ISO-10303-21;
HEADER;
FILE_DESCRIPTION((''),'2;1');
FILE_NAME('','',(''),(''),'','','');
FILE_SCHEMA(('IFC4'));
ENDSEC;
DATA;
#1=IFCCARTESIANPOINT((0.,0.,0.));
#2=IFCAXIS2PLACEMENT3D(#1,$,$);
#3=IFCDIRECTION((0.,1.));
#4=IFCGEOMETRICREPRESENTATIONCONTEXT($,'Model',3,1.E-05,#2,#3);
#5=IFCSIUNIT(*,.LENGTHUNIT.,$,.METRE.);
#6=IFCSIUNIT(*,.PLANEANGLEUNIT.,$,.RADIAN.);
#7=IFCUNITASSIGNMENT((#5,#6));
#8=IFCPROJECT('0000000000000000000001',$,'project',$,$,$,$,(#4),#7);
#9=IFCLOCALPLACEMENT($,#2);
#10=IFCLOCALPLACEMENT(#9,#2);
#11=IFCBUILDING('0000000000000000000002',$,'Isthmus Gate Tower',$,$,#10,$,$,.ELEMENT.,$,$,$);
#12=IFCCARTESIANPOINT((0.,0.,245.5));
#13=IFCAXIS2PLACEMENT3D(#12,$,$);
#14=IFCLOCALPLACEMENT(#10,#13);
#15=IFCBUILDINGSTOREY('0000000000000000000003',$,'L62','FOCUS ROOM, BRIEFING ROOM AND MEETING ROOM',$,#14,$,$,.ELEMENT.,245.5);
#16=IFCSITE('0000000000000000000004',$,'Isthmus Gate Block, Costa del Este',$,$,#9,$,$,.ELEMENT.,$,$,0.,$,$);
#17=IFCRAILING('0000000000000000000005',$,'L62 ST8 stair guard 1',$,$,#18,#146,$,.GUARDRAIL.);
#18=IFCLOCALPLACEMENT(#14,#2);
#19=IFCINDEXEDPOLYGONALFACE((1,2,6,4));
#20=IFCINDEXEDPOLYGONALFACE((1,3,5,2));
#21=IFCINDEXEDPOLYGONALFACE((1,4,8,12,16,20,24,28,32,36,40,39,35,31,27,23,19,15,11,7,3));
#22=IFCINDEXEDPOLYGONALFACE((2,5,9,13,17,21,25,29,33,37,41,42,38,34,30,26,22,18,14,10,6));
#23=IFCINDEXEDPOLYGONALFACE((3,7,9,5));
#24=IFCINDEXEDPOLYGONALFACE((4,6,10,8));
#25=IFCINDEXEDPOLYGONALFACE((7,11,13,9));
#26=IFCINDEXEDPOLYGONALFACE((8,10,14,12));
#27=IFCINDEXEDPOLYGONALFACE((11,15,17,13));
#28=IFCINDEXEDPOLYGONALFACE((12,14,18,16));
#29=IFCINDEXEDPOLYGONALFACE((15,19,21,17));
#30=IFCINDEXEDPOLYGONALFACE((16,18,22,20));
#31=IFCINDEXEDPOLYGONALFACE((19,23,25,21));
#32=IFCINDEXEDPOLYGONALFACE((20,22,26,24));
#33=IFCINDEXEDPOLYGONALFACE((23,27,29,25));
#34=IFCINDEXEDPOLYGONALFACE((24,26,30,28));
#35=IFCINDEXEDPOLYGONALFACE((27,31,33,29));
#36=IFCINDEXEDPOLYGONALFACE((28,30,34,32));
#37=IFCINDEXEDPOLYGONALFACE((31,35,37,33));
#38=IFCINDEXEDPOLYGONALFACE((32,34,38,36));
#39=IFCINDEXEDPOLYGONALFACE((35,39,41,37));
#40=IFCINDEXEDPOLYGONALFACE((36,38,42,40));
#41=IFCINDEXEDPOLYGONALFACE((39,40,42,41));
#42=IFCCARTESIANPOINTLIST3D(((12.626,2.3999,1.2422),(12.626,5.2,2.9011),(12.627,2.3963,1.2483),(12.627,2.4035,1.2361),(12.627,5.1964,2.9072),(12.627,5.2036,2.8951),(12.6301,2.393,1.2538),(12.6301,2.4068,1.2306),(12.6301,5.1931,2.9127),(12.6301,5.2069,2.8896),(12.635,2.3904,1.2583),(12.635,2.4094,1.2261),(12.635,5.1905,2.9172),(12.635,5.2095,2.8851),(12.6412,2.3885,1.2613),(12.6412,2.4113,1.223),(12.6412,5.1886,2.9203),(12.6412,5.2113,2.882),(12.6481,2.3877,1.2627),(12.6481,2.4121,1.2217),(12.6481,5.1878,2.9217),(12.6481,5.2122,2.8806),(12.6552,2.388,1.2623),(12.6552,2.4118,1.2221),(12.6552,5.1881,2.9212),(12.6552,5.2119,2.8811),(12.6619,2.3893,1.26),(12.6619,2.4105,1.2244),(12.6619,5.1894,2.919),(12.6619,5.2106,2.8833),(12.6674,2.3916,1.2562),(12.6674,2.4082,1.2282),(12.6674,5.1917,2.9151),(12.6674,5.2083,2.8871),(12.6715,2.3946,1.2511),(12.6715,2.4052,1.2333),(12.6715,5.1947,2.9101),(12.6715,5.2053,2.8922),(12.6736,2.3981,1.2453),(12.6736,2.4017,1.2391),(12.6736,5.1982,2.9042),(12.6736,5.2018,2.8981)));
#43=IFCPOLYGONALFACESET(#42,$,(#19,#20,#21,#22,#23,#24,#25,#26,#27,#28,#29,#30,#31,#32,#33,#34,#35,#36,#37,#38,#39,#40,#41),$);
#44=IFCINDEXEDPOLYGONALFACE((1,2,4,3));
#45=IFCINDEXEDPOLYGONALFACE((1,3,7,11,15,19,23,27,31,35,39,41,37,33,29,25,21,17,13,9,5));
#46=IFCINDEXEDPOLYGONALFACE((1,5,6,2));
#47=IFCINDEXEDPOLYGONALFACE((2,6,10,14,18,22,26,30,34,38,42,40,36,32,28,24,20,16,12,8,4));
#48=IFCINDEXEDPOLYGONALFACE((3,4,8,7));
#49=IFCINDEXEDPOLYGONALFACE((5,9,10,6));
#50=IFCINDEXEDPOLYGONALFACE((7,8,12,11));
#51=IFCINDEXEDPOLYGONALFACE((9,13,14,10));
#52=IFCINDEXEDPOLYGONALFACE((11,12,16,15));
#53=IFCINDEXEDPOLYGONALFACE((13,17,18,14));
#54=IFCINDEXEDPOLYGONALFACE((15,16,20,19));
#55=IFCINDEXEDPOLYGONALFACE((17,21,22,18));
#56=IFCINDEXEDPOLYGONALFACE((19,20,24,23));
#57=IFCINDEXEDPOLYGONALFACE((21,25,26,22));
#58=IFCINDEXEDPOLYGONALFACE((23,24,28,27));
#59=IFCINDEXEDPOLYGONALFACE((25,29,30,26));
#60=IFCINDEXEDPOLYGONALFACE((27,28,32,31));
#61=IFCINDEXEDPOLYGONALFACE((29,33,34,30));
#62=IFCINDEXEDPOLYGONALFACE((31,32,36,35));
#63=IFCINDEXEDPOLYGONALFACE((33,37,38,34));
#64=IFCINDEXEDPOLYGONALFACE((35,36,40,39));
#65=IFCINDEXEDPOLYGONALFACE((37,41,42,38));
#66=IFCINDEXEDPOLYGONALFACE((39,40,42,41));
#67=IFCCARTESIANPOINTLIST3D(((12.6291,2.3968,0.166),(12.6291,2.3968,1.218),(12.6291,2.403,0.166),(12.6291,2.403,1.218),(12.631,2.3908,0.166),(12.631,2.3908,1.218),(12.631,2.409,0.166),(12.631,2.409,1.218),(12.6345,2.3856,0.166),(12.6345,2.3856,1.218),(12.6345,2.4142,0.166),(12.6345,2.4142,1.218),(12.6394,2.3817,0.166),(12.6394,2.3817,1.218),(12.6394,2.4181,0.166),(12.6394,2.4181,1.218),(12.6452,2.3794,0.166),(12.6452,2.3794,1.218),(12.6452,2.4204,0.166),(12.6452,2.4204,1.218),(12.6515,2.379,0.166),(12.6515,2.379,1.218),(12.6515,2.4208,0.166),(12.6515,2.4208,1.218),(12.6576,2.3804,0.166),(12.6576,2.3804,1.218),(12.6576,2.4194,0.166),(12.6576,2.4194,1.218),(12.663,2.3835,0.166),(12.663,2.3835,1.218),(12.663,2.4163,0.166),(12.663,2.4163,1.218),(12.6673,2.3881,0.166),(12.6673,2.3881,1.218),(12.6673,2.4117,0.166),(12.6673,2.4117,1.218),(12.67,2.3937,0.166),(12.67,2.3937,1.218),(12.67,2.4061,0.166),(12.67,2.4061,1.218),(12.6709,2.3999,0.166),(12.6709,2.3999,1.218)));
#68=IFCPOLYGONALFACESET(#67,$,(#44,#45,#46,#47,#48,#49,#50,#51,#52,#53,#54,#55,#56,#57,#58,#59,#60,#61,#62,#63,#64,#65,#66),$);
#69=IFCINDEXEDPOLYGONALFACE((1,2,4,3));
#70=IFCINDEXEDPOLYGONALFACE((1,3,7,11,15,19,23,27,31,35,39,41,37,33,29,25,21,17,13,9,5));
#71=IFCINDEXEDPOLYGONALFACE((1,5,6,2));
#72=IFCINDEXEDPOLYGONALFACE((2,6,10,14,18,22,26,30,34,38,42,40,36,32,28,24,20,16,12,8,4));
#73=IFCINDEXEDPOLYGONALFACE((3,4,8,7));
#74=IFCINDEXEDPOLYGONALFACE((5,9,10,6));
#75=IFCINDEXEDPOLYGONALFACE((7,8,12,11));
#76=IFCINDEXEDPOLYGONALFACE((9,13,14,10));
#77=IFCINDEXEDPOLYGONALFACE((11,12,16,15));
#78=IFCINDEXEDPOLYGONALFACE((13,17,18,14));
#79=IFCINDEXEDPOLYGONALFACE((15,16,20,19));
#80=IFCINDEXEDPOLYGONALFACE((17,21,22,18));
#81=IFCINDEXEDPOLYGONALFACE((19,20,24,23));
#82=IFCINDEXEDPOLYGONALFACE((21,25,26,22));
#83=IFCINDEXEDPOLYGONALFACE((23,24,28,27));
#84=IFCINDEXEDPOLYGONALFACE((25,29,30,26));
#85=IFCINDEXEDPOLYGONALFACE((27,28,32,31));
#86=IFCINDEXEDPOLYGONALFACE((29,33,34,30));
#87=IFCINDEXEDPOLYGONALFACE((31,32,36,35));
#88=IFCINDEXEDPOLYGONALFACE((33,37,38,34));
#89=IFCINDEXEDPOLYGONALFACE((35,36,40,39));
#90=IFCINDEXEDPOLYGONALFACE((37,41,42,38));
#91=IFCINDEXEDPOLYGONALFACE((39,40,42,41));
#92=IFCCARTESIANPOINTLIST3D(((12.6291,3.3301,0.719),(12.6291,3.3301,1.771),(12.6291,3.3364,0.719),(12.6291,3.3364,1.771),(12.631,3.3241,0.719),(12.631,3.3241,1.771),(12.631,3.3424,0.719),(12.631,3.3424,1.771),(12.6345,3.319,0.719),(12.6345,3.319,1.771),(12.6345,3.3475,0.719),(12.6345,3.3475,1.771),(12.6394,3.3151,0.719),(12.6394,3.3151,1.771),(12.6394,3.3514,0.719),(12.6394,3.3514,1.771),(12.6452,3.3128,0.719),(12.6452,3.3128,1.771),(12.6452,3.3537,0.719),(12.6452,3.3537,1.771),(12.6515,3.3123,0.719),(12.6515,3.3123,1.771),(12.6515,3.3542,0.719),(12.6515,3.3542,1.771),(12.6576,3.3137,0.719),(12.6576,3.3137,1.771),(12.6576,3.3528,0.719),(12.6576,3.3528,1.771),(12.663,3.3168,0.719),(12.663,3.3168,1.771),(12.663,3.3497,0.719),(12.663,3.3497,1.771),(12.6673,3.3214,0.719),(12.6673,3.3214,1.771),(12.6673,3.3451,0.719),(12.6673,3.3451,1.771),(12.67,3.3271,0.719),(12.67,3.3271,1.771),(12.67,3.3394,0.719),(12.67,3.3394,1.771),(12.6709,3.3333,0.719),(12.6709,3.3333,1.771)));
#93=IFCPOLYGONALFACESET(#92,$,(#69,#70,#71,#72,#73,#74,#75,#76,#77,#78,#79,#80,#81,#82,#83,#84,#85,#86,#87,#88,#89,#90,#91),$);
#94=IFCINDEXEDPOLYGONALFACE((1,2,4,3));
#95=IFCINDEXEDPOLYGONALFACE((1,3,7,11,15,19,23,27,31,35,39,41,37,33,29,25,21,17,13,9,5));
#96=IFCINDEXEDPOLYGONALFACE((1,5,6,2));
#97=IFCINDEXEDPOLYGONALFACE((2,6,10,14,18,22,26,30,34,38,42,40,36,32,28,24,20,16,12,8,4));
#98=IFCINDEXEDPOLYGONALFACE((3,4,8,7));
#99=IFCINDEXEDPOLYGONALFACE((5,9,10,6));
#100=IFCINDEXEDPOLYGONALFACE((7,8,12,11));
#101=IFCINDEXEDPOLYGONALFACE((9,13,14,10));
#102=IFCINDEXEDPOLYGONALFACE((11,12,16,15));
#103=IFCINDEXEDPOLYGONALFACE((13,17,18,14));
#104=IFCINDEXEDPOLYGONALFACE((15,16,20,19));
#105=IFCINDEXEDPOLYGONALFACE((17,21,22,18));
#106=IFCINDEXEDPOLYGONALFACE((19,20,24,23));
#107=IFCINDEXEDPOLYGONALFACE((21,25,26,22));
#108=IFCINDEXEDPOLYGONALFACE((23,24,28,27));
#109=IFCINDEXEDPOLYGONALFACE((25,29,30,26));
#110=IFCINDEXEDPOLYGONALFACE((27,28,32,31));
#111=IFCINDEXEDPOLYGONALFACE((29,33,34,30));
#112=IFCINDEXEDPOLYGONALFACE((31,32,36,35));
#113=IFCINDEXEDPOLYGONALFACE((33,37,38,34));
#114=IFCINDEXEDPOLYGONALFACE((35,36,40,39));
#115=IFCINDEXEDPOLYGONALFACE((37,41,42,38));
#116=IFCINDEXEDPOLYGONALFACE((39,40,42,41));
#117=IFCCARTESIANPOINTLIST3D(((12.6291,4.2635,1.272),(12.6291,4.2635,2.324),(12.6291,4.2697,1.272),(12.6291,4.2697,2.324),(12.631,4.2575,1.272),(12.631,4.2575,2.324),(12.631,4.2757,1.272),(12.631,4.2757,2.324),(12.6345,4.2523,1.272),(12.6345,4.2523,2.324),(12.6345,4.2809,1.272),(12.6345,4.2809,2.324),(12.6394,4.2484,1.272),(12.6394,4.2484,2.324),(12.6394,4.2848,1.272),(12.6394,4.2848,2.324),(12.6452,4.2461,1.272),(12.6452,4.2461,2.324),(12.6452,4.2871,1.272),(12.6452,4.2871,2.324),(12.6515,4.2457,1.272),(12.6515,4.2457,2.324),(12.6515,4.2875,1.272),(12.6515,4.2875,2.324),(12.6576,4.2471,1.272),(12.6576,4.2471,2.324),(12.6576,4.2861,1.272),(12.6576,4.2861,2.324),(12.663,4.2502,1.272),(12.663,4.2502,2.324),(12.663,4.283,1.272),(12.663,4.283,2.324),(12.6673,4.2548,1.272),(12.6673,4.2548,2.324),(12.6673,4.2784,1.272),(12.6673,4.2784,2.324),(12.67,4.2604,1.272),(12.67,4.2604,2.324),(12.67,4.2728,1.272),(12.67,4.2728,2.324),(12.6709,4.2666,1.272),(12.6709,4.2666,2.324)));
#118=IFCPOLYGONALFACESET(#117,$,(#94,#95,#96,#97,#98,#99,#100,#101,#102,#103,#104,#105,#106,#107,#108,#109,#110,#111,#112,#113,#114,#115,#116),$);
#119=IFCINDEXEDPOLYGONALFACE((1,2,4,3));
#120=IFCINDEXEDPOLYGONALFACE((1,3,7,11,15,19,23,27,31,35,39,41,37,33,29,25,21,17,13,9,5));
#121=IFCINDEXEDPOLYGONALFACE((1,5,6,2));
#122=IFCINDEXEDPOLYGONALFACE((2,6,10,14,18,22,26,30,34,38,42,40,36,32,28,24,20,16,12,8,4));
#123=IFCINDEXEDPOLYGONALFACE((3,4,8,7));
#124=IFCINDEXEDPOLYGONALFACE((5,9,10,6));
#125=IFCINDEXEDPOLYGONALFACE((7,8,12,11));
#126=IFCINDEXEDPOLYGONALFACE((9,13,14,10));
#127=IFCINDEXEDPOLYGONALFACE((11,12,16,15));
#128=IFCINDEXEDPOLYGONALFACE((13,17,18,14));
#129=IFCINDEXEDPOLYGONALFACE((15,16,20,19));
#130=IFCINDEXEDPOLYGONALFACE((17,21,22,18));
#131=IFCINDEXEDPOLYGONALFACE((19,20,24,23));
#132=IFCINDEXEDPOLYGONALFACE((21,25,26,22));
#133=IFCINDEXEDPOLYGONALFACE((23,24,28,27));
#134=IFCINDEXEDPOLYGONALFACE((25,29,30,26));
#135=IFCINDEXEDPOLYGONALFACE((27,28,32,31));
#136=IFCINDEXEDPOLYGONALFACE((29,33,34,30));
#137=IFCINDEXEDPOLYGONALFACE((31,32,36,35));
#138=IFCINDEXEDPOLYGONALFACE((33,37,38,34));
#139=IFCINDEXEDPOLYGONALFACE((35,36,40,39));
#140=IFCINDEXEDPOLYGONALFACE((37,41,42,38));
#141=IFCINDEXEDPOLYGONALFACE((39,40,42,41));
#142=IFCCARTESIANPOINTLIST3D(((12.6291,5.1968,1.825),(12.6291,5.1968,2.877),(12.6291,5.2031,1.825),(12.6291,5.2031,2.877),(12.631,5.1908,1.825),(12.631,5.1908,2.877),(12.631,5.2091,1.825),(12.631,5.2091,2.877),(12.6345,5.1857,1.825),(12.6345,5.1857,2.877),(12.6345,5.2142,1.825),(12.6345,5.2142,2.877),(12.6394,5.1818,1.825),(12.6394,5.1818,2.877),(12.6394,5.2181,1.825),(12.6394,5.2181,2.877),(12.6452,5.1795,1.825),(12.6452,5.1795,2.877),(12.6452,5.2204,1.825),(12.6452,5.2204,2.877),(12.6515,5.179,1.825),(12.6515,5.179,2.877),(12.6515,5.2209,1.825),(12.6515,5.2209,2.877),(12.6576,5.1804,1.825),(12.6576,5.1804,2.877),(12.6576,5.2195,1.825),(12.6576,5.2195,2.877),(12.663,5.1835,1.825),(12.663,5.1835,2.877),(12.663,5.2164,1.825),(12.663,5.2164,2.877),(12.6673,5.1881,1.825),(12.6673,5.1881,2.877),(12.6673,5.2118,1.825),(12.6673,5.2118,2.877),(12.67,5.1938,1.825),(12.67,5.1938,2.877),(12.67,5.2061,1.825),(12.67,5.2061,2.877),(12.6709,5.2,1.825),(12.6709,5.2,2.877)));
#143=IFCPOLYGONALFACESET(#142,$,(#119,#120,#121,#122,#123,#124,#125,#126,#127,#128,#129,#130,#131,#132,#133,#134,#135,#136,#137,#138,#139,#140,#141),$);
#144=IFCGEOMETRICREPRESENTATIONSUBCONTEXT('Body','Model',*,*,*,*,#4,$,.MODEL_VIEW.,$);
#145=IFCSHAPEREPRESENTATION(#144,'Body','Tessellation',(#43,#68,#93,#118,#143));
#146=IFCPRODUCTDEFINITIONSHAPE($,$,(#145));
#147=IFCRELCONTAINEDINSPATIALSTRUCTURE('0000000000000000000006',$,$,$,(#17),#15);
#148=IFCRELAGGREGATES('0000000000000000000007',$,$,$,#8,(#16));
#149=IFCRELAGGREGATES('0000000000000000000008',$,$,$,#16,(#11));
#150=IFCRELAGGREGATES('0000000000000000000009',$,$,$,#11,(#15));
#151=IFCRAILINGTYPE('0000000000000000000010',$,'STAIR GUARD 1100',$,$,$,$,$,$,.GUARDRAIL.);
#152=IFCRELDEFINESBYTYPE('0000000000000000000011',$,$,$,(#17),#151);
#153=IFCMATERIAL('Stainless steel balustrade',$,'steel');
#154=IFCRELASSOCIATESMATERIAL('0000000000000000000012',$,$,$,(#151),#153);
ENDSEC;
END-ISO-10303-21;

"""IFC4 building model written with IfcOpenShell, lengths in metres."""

from ifc_helpers import new_model, si_unit, direction, frame, origin, origin_2d, place, context, subcontext, project, spatial, circle, extrude, material, type_object, element, save


model = new_model("IFC4")

# Units and contexts
model_context = context("Model", 3, precision=1e-05, world=origin(), true_north=direction((0.0, 1.0)))
body_context = subcontext(model_context, "Body", "Model", "MODEL_VIEW")
ifc_project = project(units=[si_unit("LENGTHUNIT", "METRE"), si_unit("PLANEANGLEUNIT", "RADIAN")], contexts=[model_context])

# Site, building, storey
site_placement = place(None, origin())
site = spatial("IfcSite", under=ifc_project, at=site_placement, Name="Isthmus Gate Block, Costa del Este", CompositionType="ELEMENT", RefElevation=0.0)
building_placement = place(site_placement, origin())
building = spatial("IfcBuilding", under=site, at=building_placement, Name="Isthmus Gate Tower", CompositionType="ELEMENT")
storey_placement = place(building_placement, frame((0.0, 0.0, 245.5)))
storey = spatial("IfcBuildingStorey", under=building, at=storey_placement, Name="L62", Description="FOCUS ROOM, BRIEFING ROOM AND MEETING ROOM", CompositionType="ELEMENT", Elevation=245.5)

# Railing
ifc_material_1 = material(Name="Stainless steel balustrade", Category="steel")
railing_type_1 = type_object("IfcRailingType", Name="STAIR GUARD 1100", PredefinedType="GUARDRAIL", material=ifc_material_1)
for number, where, name in (
    (1, (12.6499, 2.3999, 0.166), "L62 ST8 stair guard 1"),
):
    element("IfcRailing", number, at=place(storey_placement, frame(where)), inside=storey, type_object=railing_type_1, Name=name, PredefinedType="GUARDRAIL", context=body_context, shape_type="SweptSolid", body=[
        extrude(circle(Radius=0.0239, at=origin_2d()), frame((0.0, 0.0, 1.0762), z_axis=(0.0, 0.860339, 0.509722), x_axis=(-1.0, 0.0, 0.0)), (0.0, 0.0, 1.0), 3.2546),
        extrude(circle(Radius=0.021, at=origin_2d()), origin(), (0.0, 0.0, 1.0), 1.052),
        extrude(circle(Radius=0.021, at=origin_2d()), frame((0.0, 0.9333, 0.553)), (0.0, 0.0, 1.0), 1.052),
        extrude(circle(Radius=0.021, at=origin_2d()), frame((0.0, 1.8667, 1.106)), (0.0, 0.0, 1.0), 1.052),
        extrude(circle(Radius=0.021, at=origin_2d()), frame((0.0, 2.8, 1.6589)), (0.0, 0.0, 1.0), 1.052),
    ])

save(model, "model.ifc")
